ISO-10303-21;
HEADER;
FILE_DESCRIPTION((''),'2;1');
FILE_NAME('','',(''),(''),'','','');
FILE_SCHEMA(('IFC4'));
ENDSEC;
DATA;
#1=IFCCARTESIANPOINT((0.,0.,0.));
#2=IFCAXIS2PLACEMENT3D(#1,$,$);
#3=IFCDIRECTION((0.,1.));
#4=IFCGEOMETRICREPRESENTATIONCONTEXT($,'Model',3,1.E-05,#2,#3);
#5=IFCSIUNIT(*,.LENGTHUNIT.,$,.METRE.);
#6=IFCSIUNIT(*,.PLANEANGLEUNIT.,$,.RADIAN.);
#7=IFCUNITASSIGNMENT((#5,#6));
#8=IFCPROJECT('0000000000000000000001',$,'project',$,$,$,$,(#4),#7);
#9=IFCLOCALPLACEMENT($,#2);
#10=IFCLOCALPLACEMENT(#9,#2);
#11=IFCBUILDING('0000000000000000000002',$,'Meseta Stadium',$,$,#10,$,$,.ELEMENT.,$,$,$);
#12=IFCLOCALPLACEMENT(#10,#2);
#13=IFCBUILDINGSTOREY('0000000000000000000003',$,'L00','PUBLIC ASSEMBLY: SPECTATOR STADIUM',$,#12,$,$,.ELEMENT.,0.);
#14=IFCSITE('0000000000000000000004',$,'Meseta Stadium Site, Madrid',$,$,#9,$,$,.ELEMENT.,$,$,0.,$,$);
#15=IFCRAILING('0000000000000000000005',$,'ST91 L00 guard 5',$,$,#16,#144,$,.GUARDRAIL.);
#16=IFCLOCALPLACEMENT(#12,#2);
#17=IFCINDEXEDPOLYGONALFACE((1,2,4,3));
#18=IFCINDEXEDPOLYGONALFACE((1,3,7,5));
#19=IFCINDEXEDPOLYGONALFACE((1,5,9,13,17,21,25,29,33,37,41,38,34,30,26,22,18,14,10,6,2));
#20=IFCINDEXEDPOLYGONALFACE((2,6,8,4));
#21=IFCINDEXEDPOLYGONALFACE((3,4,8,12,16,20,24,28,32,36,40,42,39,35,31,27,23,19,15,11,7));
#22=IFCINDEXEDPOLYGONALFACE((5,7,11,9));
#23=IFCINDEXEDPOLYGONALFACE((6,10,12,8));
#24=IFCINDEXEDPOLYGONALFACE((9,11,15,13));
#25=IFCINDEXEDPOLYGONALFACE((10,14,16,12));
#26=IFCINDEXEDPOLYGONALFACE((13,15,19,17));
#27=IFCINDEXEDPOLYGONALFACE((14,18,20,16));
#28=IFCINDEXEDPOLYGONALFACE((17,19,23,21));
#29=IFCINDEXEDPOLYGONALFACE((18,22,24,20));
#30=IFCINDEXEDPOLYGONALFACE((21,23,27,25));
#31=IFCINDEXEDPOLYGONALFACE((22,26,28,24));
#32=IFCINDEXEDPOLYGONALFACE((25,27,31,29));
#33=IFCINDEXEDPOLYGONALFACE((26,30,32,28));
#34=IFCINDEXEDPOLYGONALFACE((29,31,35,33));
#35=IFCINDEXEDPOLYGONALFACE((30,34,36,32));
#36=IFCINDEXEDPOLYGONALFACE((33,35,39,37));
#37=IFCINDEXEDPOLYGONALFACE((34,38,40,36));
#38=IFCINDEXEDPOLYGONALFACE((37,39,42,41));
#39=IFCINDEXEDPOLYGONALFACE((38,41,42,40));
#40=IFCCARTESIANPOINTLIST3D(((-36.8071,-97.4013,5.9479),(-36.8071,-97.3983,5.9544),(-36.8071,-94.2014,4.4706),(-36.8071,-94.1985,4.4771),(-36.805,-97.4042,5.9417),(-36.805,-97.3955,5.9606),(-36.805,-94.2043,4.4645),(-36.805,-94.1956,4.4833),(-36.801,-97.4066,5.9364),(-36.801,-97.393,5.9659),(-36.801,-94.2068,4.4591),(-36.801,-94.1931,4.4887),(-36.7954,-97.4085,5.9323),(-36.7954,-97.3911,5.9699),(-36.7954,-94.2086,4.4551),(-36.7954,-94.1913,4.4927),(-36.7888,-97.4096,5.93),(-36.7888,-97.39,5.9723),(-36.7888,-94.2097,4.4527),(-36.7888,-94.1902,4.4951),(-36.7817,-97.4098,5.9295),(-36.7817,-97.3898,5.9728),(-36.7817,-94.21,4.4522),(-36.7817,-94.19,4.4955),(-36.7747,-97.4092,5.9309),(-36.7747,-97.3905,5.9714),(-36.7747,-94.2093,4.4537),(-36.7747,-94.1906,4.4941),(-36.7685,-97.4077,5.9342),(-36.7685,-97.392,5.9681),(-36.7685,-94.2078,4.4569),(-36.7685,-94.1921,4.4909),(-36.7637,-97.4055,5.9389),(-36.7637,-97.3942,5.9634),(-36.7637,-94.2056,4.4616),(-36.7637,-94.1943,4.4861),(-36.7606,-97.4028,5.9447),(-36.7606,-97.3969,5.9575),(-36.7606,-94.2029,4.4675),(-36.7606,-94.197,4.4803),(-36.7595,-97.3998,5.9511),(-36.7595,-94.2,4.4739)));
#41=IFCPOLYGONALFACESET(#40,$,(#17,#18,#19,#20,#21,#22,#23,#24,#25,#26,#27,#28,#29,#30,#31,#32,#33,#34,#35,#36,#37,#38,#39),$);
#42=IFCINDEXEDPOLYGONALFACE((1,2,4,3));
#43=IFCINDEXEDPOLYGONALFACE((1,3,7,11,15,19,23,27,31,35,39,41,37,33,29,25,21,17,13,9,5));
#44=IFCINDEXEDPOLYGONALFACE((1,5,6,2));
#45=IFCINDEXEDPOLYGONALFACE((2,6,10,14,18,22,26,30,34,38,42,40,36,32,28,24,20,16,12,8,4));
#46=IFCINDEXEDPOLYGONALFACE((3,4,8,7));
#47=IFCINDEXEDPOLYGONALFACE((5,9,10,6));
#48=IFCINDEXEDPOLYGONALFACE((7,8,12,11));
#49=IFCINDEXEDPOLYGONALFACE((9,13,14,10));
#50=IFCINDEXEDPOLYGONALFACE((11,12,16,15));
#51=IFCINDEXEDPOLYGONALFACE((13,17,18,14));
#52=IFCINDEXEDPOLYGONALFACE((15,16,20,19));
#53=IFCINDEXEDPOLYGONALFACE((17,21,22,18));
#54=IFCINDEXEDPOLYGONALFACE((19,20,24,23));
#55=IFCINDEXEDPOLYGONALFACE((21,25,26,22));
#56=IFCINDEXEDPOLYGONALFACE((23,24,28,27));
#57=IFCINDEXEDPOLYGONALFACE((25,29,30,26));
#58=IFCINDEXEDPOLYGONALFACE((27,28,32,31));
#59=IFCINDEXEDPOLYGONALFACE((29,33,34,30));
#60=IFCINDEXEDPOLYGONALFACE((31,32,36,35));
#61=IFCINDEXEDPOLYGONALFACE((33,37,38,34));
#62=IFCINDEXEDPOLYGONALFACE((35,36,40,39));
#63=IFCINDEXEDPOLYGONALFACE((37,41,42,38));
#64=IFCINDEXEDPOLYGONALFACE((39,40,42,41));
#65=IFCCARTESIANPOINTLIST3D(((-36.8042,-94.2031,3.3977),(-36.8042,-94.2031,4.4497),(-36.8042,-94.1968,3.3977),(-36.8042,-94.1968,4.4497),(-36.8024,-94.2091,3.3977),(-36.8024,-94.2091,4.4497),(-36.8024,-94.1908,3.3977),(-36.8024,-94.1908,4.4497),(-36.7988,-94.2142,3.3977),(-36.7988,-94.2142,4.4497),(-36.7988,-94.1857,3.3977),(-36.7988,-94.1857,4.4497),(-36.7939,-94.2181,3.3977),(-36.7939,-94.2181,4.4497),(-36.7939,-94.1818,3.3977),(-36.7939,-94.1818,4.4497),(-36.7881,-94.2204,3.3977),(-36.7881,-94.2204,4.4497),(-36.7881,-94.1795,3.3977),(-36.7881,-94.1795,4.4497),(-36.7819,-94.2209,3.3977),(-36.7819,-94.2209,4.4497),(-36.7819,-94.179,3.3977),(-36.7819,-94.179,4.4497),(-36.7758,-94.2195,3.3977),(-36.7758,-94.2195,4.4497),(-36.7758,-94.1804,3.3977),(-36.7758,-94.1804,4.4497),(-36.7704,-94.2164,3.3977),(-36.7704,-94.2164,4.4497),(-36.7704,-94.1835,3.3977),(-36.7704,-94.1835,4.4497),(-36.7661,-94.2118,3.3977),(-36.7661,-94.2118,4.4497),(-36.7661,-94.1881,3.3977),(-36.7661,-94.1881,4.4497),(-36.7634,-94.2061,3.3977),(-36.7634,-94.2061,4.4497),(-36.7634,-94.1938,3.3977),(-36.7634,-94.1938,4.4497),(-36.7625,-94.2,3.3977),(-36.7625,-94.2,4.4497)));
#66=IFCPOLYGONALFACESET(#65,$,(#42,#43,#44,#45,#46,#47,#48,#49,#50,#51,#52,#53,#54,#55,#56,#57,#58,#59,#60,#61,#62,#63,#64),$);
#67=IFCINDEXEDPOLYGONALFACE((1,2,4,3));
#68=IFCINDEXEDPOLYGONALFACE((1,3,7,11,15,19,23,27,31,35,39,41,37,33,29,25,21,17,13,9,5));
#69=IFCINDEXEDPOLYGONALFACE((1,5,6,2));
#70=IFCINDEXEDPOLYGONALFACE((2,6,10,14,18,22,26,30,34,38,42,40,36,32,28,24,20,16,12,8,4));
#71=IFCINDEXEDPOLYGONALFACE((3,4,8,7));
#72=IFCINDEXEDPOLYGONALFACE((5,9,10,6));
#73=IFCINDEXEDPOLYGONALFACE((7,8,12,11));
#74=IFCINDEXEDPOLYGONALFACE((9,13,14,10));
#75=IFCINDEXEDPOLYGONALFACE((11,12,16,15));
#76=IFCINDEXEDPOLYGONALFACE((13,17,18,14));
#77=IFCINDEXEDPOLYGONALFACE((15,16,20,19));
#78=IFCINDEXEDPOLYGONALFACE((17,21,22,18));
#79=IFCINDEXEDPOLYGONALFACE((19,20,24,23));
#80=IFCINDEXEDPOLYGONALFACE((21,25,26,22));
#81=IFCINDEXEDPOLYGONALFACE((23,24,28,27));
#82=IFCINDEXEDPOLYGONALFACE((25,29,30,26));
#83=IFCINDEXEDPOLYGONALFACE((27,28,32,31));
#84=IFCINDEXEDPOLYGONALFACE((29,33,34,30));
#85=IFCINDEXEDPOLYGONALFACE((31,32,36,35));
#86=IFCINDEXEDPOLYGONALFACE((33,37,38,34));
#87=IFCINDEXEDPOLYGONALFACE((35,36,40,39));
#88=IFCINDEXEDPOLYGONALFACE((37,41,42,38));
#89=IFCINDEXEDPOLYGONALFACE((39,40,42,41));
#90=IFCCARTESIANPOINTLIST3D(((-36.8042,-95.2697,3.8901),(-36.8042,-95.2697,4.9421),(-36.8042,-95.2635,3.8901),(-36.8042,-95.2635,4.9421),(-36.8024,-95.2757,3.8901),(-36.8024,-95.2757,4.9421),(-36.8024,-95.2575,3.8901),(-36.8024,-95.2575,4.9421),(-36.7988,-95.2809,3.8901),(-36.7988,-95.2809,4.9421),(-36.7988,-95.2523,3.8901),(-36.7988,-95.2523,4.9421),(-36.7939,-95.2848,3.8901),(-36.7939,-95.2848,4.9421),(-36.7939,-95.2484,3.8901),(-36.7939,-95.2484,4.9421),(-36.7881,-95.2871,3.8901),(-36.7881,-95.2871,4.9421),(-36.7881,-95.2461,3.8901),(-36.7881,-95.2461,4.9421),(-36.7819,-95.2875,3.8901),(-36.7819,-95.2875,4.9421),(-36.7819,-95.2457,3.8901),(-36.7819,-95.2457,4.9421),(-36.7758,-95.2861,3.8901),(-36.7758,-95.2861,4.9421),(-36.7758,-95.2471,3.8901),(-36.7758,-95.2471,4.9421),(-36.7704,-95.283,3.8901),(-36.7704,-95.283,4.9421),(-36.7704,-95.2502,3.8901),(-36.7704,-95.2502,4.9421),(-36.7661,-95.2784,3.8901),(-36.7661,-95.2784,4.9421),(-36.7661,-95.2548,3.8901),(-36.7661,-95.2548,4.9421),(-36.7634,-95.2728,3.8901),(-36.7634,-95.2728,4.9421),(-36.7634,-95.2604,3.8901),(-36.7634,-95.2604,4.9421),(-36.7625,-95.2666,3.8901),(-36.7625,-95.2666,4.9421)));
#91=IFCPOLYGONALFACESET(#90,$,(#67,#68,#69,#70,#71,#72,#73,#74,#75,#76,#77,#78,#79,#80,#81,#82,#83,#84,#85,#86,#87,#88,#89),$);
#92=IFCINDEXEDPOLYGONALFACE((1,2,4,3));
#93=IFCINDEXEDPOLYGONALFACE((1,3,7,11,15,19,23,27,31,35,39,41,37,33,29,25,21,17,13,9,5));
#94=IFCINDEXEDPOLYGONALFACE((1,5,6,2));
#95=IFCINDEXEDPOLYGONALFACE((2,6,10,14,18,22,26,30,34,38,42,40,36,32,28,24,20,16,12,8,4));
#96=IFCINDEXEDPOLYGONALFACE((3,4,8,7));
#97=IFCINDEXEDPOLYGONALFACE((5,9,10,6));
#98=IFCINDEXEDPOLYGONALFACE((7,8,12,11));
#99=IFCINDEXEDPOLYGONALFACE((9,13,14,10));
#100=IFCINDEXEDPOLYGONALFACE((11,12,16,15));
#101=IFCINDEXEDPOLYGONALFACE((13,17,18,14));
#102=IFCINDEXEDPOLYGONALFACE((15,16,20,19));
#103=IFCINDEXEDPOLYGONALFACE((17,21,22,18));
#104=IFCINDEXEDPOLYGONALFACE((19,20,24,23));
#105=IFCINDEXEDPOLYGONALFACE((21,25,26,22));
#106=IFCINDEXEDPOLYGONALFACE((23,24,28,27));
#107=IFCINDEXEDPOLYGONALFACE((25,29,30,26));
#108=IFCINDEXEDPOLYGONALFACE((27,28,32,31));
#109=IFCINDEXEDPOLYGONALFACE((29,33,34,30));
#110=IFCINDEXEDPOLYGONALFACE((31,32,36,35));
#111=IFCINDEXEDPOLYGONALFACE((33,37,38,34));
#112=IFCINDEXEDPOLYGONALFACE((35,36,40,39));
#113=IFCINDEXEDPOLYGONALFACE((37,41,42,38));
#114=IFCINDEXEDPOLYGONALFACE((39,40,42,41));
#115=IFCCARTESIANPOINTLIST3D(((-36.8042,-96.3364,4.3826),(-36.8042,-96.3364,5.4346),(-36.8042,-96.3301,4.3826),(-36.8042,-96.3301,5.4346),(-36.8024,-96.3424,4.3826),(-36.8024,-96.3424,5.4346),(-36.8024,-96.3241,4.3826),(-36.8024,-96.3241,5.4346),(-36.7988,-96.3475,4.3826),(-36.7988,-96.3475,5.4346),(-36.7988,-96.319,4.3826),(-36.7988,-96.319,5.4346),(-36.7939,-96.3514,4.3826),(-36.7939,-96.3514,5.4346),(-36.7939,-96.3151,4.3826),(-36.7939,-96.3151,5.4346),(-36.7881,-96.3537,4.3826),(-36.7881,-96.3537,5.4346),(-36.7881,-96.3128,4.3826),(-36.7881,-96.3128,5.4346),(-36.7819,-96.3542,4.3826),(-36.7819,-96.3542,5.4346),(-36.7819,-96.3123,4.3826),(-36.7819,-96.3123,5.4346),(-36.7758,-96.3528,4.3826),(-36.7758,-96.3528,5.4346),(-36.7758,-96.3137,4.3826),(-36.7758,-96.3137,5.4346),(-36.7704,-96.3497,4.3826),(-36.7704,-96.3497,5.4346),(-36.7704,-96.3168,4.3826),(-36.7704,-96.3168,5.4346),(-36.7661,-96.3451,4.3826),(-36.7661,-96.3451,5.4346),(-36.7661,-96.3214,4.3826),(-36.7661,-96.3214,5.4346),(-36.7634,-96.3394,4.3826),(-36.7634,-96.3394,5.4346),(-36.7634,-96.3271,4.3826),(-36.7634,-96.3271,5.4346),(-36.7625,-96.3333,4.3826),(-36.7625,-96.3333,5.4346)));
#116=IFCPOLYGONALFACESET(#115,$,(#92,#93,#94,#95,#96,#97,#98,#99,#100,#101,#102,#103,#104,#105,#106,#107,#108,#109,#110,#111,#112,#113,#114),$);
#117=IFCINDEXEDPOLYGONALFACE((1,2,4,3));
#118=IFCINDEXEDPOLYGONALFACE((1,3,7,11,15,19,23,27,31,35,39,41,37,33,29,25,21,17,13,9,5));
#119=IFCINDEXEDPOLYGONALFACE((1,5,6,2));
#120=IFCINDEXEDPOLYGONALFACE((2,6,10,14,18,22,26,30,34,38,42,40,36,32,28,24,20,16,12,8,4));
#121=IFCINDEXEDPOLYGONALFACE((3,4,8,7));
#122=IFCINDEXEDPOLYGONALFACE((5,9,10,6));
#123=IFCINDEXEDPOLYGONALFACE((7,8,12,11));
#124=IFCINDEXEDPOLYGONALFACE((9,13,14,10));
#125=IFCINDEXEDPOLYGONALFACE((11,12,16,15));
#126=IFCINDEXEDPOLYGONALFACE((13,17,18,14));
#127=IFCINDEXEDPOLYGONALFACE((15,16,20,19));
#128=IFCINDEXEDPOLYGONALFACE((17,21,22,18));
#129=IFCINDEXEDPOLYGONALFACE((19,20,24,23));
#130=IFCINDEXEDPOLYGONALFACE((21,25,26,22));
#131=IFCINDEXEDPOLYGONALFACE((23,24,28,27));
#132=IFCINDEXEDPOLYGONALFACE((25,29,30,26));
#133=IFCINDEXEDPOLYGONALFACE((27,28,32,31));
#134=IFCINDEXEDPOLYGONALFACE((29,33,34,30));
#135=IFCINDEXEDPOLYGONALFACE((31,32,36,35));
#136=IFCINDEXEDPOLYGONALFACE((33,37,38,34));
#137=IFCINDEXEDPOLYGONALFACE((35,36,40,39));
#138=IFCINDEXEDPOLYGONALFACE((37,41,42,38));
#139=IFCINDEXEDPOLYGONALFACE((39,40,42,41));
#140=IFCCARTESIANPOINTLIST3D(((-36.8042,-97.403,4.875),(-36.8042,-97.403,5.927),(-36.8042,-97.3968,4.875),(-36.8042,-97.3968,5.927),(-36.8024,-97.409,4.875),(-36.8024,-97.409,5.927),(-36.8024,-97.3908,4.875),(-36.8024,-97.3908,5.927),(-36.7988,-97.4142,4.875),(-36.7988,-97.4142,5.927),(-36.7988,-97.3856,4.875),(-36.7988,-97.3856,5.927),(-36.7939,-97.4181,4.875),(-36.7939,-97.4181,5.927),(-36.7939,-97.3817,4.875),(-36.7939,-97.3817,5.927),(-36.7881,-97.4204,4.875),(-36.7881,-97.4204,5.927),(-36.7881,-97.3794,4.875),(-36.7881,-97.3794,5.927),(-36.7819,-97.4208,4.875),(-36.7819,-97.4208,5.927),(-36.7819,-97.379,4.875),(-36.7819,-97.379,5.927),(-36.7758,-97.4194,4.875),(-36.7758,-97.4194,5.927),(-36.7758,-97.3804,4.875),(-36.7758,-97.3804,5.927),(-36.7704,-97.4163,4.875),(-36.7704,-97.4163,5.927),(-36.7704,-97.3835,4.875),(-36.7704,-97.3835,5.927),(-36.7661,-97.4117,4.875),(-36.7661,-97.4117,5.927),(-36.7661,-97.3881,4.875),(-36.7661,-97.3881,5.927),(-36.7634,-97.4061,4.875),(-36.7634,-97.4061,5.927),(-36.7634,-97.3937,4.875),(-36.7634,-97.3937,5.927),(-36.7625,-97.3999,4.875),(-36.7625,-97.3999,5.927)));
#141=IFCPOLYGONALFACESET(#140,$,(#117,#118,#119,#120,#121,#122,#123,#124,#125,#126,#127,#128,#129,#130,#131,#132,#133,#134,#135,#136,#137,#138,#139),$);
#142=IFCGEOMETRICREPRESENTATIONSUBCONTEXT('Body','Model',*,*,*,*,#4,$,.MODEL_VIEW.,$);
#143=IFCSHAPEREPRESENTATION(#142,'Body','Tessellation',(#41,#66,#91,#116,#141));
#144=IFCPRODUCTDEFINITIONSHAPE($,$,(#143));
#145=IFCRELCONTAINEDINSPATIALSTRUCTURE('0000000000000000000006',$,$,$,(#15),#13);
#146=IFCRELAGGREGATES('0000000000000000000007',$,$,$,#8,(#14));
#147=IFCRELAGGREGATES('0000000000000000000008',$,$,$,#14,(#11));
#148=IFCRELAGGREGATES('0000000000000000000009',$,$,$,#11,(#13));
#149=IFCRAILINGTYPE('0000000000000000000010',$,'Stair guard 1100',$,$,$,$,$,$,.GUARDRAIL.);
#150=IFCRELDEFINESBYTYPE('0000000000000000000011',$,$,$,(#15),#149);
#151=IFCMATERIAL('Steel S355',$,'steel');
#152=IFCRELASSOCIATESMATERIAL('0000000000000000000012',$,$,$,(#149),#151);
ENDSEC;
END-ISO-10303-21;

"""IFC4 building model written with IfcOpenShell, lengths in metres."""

from ifc_helpers import new_model, si_unit, direction, frame, origin, origin_2d, place, context, subcontext, project, spatial, circle, extrude, material, type_object, element, save


model = new_model("IFC4")

# Units and contexts
model_context = context("Model", 3, precision=1e-05, world=origin(), true_north=direction((0.0, 1.0)))
body_context = subcontext(model_context, "Body", "Model", "MODEL_VIEW")
ifc_project = project(units=[si_unit("LENGTHUNIT", "METRE"), si_unit("PLANEANGLEUNIT", "RADIAN")], contexts=[model_context])

# Site, building, storey
site_placement = place(None, origin())
site = spatial("IfcSite", under=ifc_project, at=site_placement, Name="Meseta Stadium Site, Madrid", CompositionType="ELEMENT", RefElevation=0.0)
building_placement = place(site_placement, origin())
building = spatial("IfcBuilding", under=site, at=building_placement, Name="Meseta Stadium", CompositionType="ELEMENT")
storey_placement = place(building_placement, origin())
storey = spatial("IfcBuildingStorey", under=building, at=storey_placement, Name="L00", Description="PUBLIC ASSEMBLY: SPECTATOR STADIUM", CompositionType="ELEMENT", Elevation=0.0)

# Railing
ifc_material_1 = material(Name="Steel S355", Category="steel")
railing_type_1 = type_object("IfcRailingType", Name="Stair guard 1100", PredefinedType="GUARDRAIL", material=ifc_material_1)
railing_1_placement = place(storey_placement, frame((-36.7834, -94.2, 3.3977)))
element("IfcRailing", 1, at=railing_1_placement, inside=storey, type_object=railing_type_1, Name="ST91 L00 guard 5", PredefinedType="GUARDRAIL", context=body_context, shape_type="SweptSolid", body=[
    extrude(circle(Radius=0.0239, at=origin_2d()), frame((0.0, 0.0, 1.0762), z_axis=(0.0, -0.907917, 0.41915), x_axis=(1.0, 0.0, 0.0)), (0.0, 0.0, 1.0), 3.5244),
    extrude(circle(Radius=0.021, at=origin_2d()), origin(), (0.0, 0.0, 1.0), 1.052),
    extrude(circle(Radius=0.021, at=origin_2d()), frame((0.0, -1.0667, 0.4924)), (0.0, 0.0, 1.0), 1.052),
    extrude(circle(Radius=0.021, at=origin_2d()), frame((0.0, -2.1333, 0.9849)), (0.0, 0.0, 1.0), 1.052),
    extrude(circle(Radius=0.021, at=origin_2d()), frame((0.0, -3.2, 1.4773)), (0.0, 0.0, 1.0), 1.052),
])

save(model, "model.ifc")
